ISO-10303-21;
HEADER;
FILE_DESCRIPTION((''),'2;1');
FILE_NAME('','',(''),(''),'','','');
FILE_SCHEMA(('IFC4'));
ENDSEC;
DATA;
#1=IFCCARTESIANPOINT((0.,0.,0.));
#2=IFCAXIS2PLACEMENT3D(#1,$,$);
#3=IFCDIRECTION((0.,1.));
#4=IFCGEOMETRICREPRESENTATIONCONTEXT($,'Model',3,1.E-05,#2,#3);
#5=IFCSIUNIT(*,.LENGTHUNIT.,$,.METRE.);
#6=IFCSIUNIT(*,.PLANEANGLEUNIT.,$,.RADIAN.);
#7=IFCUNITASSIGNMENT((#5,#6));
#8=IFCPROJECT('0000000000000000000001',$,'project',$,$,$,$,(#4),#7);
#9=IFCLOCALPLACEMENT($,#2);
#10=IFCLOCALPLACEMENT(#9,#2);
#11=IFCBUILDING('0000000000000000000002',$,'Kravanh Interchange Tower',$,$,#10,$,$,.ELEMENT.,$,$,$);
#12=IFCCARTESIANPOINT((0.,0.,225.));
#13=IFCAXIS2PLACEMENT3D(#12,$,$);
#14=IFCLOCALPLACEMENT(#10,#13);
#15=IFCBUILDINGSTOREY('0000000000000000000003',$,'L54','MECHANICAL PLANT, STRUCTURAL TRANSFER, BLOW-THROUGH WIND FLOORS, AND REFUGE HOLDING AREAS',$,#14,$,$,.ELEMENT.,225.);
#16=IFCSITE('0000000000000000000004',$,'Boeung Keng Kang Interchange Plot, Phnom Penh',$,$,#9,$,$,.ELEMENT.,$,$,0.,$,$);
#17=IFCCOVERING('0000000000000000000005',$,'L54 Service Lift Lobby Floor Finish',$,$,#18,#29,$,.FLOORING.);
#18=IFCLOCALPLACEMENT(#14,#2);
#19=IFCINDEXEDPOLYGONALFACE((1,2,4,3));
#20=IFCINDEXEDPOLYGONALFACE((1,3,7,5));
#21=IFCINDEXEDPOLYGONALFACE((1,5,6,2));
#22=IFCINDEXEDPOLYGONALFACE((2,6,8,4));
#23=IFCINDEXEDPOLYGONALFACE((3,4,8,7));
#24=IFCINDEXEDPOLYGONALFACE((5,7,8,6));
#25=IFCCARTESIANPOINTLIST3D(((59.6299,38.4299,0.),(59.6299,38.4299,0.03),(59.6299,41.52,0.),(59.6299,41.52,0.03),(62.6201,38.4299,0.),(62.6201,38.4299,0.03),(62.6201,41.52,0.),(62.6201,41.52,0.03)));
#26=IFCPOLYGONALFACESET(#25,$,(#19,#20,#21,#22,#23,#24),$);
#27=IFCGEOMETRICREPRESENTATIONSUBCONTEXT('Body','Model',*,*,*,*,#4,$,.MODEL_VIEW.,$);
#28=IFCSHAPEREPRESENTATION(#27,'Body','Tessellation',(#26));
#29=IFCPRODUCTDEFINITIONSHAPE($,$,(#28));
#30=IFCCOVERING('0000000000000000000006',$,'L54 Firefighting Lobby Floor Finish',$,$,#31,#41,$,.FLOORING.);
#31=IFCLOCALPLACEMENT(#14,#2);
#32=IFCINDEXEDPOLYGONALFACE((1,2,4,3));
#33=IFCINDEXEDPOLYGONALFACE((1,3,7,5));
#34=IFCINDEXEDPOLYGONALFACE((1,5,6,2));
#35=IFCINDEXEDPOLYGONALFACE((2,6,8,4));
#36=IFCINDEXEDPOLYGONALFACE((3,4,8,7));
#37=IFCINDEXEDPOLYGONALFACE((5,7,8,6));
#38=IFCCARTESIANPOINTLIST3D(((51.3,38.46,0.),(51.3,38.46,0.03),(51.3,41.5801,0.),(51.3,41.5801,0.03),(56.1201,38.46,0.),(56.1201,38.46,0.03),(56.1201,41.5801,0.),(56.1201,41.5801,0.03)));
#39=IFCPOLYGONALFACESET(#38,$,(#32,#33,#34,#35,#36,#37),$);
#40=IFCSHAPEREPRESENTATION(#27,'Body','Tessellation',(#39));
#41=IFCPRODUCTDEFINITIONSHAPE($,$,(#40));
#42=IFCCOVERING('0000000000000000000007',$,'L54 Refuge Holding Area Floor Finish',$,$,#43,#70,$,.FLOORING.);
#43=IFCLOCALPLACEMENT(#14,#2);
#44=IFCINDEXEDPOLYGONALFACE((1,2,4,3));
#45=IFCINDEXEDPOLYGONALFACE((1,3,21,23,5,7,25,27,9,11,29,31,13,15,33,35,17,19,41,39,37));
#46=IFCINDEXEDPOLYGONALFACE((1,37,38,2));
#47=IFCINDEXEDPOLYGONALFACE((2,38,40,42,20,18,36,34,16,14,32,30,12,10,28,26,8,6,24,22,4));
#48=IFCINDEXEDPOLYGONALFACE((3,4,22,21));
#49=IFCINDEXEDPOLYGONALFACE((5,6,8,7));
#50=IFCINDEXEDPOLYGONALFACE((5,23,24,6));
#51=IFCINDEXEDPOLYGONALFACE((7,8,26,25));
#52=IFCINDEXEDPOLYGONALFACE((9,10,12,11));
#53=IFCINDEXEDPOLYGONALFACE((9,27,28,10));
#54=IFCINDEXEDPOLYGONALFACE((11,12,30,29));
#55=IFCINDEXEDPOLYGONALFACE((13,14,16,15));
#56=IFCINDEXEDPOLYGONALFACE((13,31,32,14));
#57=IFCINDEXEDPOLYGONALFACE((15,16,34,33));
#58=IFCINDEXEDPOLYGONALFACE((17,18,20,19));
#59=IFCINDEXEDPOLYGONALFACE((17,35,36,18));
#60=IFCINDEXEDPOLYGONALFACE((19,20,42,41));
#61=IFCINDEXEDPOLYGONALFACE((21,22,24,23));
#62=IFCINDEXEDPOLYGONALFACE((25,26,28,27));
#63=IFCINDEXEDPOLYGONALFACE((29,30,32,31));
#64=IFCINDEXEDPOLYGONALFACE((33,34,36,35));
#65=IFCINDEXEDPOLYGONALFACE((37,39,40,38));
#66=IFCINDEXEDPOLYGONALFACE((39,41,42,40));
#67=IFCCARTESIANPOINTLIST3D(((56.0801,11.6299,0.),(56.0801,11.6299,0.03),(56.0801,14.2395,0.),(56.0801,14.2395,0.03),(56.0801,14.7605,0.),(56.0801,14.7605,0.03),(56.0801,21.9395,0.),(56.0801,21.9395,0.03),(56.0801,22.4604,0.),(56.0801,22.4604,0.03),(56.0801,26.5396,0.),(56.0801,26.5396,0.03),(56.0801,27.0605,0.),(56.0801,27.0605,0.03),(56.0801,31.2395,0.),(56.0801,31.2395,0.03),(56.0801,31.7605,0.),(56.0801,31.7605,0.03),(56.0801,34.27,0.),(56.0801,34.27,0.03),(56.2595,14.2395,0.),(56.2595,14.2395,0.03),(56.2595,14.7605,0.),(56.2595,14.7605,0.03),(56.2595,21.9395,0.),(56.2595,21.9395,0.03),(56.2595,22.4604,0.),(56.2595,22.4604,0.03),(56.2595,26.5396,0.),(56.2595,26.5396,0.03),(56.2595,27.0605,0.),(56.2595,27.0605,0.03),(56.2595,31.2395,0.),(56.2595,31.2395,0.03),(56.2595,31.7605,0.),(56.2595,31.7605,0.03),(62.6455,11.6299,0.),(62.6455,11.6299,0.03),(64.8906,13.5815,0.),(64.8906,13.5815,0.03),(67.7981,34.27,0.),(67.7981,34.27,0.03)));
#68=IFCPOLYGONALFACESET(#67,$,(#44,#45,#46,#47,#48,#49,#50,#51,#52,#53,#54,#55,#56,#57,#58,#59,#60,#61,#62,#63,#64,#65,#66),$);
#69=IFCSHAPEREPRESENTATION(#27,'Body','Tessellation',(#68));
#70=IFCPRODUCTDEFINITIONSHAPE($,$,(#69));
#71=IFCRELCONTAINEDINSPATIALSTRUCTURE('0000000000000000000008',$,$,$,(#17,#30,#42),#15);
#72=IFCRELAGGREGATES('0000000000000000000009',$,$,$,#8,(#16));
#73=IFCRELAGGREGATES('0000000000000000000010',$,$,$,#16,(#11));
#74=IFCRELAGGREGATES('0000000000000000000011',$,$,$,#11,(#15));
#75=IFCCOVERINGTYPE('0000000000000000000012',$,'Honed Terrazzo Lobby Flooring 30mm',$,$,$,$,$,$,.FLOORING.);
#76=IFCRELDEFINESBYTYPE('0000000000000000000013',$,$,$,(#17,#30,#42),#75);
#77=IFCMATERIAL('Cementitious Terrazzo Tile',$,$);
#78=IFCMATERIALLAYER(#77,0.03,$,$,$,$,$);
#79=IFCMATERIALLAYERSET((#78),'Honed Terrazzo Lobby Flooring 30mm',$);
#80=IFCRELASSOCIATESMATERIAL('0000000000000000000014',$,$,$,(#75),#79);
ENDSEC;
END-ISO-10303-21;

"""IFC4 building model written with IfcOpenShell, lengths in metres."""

from ifc_helpers import new_model, si_unit, direction, frame, origin, place, context, subcontext, project, spatial, polyline, outline, extrude, material, layer, layer_set, type_object, element, save


model = new_model("IFC4")

# Units and contexts
model_context = context("Model", 3, precision=1e-05, world=origin(), true_north=direction((0.0, 1.0)))
body_context = subcontext(model_context, "Body", "Model", "MODEL_VIEW")
ifc_project = project(units=[si_unit("LENGTHUNIT", "METRE"), si_unit("PLANEANGLEUNIT", "RADIAN")], contexts=[model_context])

# Site, building, storey
site_placement = place(None, origin())
site = spatial("IfcSite", under=ifc_project, at=site_placement, Name="Boeung Keng Kang Interchange Plot, Phnom Penh", CompositionType="ELEMENT", RefElevation=0.0)
building_placement = place(site_placement, origin())
building = spatial("IfcBuilding", under=site, at=building_placement, Name="Kravanh Interchange Tower", CompositionType="ELEMENT")
storey_placement = place(building_placement, frame((0.0, 0.0, 225.0)))
storey = spatial("IfcBuildingStorey", under=building, at=storey_placement, Name="L54", Description="MECHANICAL PLANT, STRUCTURAL TRANSFER, BLOW-THROUGH WIND FLOORS, AND REFUGE HOLDING AREAS", CompositionType="ELEMENT", Elevation=225.0)

# Coverings
ifc_material_1 = material(Name="Cementitious Terrazzo Tile")
ifc_layer_1 = layer(ifc_material_1, 0.03)
ifc_layer_set_1 = layer_set([ifc_layer_1], Name="Honed Terrazzo Lobby Flooring 30mm")
covering_type = type_object("IfcCoveringType", Name="Honed Terrazzo Lobby Flooring 30mm", PredefinedType="FLOORING", material=ifc_layer_set_1)
covering_1_placement = place(storey_placement, origin())
element("IfcCovering", 1, at=covering_1_placement, inside=storey, type_object=covering_type, Name="L54 Service Lift Lobby Floor Finish", PredefinedType="FLOORING", context=body_context, shape_type="SweptSolid", body=[
    extrude(outline(polyline([(59.6299, 41.52), (62.6201, 41.52), (62.6201, 38.4299), (59.6299, 38.4299), (59.6299, 41.52)])), origin(), (0.0, 0.0, 1.0), 0.03),
])
covering_2_placement = place(storey_placement, origin())
element("IfcCovering", 2, at=covering_2_placement, inside=storey, type_object=covering_type, Name="L54 Firefighting Lobby Floor Finish", PredefinedType="FLOORING", context=body_context, shape_type="SweptSolid", body=[
    extrude(outline(polyline([(56.1201, 38.46), (51.3, 38.46), (51.3, 41.5801), (56.1201, 41.5801), (56.1201, 38.46)])), origin(), (0.0, 0.0, 1.0), 0.03),
])
covering_3_placement = place(storey_placement, origin())
element("IfcCovering", 3, at=covering_3_placement, inside=storey, type_object=covering_type, Name="L54 Refuge Holding Area Floor Finish", PredefinedType="FLOORING", context=body_context, shape_type="SweptSolid", body=[
    extrude(outline(polyline([(56.0801, 14.7605), (56.0801, 21.9395), (56.2595, 21.9395), (56.2595, 22.4604), (56.0801, 22.4604), (56.0801, 26.5396), (56.2595, 26.5396), (56.2595, 27.0605), (56.0801, 27.0605), (56.0801, 31.2395), (56.2595, 31.2395), (56.2595, 31.7605), (56.0801, 31.7605), (56.0801, 34.27), (67.7981, 34.27), (64.8906, 13.5815), (62.6455, 11.6299), (56.0801, 11.6299), (56.0801, 14.2395), (56.2595, 14.2395), (56.2595, 14.7605), (56.0801, 14.7605)])), origin(), (0.0, 0.0, 1.0), 0.03),
])

save(model, "model.ifc")
